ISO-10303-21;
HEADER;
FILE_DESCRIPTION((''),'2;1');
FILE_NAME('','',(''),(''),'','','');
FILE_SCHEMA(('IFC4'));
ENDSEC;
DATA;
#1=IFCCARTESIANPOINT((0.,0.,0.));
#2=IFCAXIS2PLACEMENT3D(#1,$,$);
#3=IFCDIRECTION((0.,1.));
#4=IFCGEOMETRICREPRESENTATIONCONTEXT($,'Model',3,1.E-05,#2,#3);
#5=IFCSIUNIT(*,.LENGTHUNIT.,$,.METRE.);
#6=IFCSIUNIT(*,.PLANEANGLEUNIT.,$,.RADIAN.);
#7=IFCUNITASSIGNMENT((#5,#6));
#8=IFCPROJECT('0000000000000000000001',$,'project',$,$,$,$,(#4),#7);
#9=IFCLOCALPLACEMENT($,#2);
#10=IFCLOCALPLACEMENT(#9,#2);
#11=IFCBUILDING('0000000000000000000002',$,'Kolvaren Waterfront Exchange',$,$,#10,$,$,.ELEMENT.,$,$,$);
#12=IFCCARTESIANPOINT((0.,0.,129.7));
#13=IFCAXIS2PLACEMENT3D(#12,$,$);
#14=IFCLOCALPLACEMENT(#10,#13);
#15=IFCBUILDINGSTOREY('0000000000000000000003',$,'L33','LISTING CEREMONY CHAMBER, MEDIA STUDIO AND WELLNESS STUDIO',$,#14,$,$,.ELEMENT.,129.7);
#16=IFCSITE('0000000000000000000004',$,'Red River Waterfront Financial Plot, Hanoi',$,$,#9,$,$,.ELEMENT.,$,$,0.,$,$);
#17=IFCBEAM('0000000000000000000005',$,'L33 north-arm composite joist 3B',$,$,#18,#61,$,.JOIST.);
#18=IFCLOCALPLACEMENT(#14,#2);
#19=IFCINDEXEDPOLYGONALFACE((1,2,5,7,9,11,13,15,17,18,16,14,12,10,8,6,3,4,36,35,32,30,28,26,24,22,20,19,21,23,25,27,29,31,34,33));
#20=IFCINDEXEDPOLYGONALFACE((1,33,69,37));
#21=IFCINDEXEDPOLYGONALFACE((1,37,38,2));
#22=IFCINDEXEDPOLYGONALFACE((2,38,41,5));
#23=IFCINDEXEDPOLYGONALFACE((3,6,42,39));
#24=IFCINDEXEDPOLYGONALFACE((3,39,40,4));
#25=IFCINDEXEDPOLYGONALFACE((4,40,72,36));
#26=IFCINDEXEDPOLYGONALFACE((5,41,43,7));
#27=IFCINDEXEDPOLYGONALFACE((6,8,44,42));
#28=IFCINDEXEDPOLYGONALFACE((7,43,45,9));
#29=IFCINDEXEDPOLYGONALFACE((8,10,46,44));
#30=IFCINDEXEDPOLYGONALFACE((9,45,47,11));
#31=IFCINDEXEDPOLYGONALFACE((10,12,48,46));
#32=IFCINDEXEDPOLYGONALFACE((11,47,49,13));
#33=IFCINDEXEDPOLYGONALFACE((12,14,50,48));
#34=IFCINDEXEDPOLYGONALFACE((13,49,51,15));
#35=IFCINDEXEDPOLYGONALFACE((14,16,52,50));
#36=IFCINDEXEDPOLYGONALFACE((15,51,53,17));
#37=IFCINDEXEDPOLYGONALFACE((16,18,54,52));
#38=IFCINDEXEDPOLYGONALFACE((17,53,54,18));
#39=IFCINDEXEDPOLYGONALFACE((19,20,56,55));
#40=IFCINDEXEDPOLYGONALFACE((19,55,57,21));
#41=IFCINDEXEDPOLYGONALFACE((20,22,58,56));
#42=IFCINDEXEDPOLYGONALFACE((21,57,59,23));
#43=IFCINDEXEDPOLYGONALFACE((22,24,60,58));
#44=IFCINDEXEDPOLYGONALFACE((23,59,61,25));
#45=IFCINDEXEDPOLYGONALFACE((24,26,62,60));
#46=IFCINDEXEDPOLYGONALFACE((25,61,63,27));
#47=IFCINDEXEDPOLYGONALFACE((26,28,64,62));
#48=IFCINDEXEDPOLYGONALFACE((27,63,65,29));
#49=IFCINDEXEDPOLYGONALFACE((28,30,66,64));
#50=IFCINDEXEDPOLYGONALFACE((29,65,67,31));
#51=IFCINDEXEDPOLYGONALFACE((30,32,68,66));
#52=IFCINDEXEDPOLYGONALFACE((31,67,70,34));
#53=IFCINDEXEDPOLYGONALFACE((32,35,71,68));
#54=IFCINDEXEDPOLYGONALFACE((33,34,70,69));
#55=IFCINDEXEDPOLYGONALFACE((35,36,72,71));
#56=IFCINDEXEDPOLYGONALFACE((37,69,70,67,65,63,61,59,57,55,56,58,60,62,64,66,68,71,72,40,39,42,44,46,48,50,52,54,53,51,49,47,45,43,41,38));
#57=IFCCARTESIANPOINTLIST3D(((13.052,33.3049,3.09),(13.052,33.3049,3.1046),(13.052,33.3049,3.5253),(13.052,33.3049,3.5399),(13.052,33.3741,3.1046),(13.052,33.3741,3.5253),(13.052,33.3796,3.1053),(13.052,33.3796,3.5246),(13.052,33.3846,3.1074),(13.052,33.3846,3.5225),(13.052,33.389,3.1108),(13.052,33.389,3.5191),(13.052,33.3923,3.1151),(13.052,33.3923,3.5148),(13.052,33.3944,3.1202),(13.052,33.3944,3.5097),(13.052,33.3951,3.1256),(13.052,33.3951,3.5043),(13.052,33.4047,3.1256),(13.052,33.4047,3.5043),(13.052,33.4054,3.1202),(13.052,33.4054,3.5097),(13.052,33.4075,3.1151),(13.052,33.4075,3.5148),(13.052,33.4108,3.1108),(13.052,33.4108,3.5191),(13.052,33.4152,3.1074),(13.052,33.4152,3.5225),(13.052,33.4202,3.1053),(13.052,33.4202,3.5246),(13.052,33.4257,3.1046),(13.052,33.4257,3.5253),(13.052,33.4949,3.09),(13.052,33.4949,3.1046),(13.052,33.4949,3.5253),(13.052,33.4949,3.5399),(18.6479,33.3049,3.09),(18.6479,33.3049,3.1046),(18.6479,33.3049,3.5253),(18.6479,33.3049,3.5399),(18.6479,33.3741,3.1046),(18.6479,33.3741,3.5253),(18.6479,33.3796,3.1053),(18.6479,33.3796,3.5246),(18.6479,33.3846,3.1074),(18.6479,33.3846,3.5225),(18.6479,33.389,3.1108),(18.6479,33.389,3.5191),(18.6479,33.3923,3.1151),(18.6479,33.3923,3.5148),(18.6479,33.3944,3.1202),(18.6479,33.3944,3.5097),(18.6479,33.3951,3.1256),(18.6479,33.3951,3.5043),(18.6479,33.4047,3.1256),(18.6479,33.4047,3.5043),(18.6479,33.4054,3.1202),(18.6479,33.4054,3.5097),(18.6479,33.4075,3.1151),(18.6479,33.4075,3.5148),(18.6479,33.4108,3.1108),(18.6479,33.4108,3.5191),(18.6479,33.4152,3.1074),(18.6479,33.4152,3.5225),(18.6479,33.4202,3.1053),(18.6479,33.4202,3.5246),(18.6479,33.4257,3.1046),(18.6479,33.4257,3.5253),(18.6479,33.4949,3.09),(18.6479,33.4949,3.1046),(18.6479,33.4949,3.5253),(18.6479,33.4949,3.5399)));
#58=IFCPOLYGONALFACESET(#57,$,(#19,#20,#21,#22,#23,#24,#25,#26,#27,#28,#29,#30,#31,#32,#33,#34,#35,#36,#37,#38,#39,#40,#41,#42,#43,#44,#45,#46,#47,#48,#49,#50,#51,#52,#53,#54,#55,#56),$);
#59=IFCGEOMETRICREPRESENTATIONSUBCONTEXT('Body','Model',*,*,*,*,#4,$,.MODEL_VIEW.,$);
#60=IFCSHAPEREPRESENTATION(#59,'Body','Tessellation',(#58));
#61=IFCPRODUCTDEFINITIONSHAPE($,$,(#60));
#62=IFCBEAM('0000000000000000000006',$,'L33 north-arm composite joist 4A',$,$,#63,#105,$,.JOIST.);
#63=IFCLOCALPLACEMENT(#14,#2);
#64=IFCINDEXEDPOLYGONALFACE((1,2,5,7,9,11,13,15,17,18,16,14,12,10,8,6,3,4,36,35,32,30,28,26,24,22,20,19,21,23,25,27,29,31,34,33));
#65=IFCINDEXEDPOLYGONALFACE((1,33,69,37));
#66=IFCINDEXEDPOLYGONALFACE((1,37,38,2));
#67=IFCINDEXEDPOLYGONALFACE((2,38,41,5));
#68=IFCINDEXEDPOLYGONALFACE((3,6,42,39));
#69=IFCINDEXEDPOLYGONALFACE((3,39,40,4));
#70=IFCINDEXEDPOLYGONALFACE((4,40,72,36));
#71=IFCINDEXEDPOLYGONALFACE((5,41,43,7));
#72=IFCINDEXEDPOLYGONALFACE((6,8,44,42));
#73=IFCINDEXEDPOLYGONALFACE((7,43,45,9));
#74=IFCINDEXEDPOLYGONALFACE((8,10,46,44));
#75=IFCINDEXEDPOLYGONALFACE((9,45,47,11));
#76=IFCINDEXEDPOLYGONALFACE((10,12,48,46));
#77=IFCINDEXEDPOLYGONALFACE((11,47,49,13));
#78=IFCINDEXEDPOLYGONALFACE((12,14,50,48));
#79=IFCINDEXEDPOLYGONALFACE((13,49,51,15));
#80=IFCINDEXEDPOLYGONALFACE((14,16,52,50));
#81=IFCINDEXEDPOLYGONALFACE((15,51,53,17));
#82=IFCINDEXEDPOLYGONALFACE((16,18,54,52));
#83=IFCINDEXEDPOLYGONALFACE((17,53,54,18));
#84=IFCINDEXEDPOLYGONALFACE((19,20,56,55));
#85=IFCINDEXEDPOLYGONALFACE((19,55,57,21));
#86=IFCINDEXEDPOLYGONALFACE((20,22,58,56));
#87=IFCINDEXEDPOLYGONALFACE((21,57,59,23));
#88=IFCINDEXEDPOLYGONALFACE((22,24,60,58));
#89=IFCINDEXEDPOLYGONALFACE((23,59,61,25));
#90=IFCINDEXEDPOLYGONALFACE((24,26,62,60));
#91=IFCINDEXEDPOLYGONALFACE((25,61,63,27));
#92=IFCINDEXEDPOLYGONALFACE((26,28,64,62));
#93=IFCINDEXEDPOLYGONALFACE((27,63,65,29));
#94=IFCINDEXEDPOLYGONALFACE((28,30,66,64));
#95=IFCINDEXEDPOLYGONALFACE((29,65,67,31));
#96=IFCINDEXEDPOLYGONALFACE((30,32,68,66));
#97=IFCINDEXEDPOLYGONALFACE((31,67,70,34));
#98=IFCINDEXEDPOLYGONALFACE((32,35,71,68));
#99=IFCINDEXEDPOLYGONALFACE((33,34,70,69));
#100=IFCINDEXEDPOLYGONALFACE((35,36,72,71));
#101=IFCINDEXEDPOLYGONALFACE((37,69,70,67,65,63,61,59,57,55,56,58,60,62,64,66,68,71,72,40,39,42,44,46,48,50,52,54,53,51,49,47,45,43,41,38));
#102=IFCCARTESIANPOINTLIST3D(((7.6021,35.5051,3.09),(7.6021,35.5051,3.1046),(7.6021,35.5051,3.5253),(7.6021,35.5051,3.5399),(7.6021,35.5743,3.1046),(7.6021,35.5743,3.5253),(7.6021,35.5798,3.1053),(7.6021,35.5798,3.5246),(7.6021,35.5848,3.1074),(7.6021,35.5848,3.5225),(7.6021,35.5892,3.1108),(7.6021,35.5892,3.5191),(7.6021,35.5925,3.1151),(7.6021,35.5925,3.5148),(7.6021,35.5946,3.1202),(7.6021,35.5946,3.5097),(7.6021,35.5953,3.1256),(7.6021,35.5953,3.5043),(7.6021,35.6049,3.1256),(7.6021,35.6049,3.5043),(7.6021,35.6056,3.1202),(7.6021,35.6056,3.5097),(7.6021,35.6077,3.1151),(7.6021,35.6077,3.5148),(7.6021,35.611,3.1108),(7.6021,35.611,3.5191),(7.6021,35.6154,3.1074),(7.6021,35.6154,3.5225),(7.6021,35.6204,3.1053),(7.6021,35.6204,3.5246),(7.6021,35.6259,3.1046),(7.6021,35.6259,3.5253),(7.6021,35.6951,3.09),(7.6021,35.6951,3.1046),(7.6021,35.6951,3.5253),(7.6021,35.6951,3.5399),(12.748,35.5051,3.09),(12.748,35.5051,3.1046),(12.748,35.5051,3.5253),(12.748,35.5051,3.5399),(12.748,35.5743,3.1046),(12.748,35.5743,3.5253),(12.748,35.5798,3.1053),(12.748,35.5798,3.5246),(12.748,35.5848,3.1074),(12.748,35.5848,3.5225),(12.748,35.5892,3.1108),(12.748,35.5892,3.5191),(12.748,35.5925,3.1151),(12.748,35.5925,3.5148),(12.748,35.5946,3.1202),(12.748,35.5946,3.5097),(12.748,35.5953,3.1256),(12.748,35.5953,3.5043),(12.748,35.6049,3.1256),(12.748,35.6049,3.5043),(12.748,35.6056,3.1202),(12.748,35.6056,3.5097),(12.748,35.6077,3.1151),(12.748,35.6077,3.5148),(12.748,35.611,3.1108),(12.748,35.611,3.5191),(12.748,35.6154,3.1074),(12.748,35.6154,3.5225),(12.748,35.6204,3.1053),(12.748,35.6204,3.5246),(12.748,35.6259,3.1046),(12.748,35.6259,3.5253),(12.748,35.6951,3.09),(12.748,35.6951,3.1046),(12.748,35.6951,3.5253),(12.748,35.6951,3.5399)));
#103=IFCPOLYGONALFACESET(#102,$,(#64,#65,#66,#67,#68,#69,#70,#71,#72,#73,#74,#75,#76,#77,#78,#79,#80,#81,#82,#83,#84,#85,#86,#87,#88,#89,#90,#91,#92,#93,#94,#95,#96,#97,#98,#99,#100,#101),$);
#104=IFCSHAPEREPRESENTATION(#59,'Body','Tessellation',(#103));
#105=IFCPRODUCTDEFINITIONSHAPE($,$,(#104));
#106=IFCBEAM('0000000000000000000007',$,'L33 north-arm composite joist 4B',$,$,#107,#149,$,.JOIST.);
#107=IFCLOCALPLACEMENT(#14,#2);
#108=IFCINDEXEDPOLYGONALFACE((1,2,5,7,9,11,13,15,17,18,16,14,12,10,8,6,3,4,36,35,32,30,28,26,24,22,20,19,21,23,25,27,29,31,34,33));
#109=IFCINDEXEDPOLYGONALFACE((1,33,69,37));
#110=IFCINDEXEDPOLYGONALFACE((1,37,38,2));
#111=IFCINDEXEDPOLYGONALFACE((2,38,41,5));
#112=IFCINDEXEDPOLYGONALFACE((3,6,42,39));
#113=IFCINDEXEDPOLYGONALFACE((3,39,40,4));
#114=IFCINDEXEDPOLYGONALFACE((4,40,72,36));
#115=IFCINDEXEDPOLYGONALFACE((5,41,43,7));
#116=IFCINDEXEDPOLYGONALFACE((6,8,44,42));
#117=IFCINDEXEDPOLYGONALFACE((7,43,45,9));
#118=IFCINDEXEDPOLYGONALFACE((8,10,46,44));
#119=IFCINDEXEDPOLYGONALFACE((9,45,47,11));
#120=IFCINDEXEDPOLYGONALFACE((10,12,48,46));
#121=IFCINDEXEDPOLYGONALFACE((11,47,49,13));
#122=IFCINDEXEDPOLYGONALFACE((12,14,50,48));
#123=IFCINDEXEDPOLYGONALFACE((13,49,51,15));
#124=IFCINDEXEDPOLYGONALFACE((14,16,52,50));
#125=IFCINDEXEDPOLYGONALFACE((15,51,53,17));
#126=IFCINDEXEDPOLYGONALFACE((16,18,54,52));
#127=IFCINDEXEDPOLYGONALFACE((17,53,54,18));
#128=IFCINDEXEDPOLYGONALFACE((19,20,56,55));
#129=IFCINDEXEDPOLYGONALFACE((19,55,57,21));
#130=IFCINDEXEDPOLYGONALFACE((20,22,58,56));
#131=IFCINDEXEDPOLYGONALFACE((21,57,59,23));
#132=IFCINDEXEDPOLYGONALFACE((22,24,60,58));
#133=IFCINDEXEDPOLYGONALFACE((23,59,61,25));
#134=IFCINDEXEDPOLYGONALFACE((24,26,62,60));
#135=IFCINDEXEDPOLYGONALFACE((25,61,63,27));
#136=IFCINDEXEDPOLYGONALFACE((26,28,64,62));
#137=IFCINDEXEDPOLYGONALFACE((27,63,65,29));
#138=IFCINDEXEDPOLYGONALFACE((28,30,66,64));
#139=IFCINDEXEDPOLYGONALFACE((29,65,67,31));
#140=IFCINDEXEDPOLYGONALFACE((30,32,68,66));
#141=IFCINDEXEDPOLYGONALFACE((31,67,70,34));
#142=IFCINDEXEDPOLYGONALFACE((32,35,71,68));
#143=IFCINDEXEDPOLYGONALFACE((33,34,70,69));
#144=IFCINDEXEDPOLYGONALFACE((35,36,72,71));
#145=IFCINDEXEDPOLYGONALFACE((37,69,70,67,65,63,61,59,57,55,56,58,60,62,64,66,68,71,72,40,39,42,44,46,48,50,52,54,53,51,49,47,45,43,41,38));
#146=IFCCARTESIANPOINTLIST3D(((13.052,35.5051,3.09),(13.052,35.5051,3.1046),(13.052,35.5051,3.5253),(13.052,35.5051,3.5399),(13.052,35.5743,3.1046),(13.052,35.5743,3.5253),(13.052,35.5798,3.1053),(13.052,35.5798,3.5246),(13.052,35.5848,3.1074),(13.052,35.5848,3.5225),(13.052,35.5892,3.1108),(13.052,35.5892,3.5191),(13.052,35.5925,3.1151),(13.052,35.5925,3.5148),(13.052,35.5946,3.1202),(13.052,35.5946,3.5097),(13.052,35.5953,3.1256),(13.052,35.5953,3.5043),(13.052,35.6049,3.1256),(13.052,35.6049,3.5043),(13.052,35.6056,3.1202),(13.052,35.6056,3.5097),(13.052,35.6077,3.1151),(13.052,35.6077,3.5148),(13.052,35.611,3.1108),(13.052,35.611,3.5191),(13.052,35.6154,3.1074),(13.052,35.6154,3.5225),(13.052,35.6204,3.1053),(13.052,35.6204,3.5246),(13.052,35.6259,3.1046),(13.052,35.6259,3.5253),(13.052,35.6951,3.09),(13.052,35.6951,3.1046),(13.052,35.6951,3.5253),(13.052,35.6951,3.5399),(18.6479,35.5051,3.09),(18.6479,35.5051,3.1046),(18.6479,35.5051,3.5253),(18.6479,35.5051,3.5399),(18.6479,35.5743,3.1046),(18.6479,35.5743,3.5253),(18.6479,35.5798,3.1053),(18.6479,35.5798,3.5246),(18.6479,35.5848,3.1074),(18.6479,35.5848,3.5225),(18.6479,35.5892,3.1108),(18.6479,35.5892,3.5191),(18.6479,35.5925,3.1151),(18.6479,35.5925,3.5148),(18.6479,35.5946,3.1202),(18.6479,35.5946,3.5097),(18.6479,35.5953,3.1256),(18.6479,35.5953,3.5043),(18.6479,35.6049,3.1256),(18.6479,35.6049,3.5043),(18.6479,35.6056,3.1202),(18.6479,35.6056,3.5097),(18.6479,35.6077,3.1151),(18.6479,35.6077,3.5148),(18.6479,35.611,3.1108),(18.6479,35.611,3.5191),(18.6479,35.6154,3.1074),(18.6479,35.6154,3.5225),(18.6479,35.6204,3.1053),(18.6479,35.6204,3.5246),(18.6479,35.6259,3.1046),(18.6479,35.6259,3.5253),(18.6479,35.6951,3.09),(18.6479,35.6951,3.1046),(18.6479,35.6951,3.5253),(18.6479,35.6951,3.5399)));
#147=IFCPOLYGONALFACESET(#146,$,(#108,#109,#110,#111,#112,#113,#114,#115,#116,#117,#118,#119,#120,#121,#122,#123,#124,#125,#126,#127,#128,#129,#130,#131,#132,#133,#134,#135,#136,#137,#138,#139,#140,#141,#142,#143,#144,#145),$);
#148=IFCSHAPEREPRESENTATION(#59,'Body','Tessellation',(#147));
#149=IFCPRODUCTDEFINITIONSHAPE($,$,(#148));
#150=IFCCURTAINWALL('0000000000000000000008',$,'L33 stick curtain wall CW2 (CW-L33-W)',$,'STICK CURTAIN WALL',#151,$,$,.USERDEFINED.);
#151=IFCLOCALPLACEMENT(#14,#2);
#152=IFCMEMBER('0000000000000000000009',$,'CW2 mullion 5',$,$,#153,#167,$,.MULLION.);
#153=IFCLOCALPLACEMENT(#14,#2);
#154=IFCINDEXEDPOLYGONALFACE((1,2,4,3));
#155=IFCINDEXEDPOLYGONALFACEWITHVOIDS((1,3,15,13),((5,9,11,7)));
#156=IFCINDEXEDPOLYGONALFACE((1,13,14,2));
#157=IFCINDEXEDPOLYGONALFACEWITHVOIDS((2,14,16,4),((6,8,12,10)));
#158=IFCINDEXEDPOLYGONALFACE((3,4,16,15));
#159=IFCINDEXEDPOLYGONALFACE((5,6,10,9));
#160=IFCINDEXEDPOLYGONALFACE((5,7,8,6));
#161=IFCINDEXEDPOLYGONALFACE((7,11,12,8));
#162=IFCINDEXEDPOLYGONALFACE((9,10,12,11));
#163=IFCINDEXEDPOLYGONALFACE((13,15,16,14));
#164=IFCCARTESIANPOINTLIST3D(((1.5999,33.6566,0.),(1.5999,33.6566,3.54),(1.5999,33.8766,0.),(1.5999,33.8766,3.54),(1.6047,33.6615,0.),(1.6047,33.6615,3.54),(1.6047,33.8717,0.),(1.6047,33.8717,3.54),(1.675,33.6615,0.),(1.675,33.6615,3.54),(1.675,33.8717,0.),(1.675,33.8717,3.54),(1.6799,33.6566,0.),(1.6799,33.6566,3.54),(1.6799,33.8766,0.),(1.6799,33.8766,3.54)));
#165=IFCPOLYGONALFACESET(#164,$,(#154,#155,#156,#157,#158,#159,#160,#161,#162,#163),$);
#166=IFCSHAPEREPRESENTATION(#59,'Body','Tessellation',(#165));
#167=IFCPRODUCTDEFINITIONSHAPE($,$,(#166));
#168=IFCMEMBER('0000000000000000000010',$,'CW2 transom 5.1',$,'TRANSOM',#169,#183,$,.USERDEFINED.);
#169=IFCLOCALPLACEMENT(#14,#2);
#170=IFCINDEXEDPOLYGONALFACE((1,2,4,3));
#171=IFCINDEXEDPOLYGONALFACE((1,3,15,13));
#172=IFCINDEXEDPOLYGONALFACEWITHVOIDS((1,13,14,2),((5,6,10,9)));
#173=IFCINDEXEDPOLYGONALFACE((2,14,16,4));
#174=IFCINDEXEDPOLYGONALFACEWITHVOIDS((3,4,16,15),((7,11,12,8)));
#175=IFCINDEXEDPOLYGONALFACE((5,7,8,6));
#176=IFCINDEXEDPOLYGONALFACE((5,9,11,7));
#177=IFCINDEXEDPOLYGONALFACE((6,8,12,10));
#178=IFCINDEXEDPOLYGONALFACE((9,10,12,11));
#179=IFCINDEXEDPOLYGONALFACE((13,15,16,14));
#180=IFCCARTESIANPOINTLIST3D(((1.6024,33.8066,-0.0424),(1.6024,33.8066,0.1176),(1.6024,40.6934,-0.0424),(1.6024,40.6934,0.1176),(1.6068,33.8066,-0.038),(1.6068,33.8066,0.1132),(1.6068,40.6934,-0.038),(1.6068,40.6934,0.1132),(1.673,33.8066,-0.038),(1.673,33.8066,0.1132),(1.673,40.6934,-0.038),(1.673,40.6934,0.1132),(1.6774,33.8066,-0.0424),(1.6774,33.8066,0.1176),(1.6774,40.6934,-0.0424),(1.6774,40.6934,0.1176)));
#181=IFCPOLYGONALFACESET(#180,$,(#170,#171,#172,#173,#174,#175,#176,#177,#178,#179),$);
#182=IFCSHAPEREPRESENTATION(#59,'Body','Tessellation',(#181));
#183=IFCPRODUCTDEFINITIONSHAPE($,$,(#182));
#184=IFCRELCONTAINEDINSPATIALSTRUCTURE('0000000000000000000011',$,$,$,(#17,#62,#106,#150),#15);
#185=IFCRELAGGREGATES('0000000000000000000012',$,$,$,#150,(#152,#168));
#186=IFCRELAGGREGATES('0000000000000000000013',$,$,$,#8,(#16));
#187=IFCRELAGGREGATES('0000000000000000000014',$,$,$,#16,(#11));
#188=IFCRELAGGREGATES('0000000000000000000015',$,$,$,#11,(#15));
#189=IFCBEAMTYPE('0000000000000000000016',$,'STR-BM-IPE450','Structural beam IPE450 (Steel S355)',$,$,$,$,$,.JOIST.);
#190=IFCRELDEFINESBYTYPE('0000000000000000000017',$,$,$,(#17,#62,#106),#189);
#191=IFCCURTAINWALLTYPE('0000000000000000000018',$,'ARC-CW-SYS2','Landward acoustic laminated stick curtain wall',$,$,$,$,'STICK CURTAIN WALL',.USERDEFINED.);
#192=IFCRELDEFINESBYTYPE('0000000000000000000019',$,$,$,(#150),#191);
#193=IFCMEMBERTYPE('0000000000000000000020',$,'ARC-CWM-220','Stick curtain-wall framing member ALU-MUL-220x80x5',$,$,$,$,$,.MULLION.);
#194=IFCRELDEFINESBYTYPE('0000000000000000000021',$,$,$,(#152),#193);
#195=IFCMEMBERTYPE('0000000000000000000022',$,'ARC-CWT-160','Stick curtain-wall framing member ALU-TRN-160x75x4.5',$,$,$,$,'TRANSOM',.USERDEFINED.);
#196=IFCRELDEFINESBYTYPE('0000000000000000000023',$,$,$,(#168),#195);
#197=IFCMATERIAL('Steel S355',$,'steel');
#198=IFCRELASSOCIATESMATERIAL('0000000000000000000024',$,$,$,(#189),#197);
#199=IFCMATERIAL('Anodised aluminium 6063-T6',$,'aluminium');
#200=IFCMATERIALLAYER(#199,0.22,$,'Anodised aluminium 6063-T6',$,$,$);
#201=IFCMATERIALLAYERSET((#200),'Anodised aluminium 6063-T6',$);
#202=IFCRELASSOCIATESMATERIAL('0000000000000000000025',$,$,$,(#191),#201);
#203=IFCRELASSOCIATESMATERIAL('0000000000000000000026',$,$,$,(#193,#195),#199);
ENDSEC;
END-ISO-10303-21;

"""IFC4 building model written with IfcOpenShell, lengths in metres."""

from ifc_helpers import new_model, si_unit, direction, frame, origin, origin_with_axes, origin_2d, place, context, subcontext, project, spatial, hollow_rectangle, i_section, extrude, source, transform, mapped, material, layer, layer_set, material_profile, profile_set, type_object, element, aggregate, save


model = new_model("IFC4")

# Units and contexts
model_context = context("Model", 3, precision=1e-05, world=origin(), true_north=direction((0.0, 1.0)))
body_context = subcontext(model_context, "Body", "Model", "MODEL_VIEW")
ifc_project = project(units=[si_unit("LENGTHUNIT", "METRE"), si_unit("PLANEANGLEUNIT", "RADIAN")], contexts=[model_context])

# Site, building, storey
site_placement = place(None, origin())
site = spatial("IfcSite", under=ifc_project, at=site_placement, Name="Red River Waterfront Financial Plot, Hanoi", CompositionType="ELEMENT", RefElevation=0.0)
building_placement = place(site_placement, origin())
building = spatial("IfcBuilding", under=site, at=building_placement, Name="Kolvaren Waterfront Exchange", CompositionType="ELEMENT")
storey_placement = place(building_placement, frame((0.0, 0.0, 129.7)))
storey = spatial("IfcBuildingStorey", under=building, at=storey_placement, Name="L33", Description="LISTING CEREMONY CHAMBER, MEDIA STUDIO AND WELLNESS STUDIO", CompositionType="ELEMENT", Elevation=129.7)

# Beams
ifc_material_1 = material(Name="Steel S355", Category="steel")
ifc_material_profile_1 = material_profile(ifc_material_1, i_section(OverallWidth=0.1899, OverallDepth=0.45, WebThickness=0.0095, FlangeThickness=0.0146, FilletRadius=0.021, at=origin_2d()), Name="IPE450")
ifc_profile_set_1 = profile_set([ifc_material_profile_1], Name="Steel S355")
beam_type_1 = type_object("IfcBeamType", Name="STR-BM-IPE450", Description="Structural beam IPE450 (Steel S355)", PredefinedType="JOIST", material=ifc_profile_set_1)
beam_1_placement = place(storey_placement, frame((13.052, 33.3999, 3.3149), z_axis=(1.0, 0.0, 0.0), x_axis=(0.0, 1.0, 0.0)))
element("IfcBeam", 1, at=beam_1_placement, inside=storey, type_object=beam_type_1, Name="L33 north-arm composite joist 3B", PredefinedType="JOIST", context=body_context, shape_type="SweptSolid", body=[
    extrude(i_section(OverallWidth=0.1899, OverallDepth=0.45, WebThickness=0.0095, FlangeThickness=0.0146, FilletRadius=0.021, at=origin_2d()), origin(), (0.0, 0.0, 1.0), 5.5959),
])
beam_2_placement = place(storey_placement, frame((7.6021, 35.6001, 3.3149), z_axis=(1.0, 0.0, 0.0), x_axis=(0.0, 1.0, 0.0)))
element("IfcBeam", 2, at=beam_2_placement, inside=storey, type_object=beam_type_1, Name="L33 north-arm composite joist 4A", PredefinedType="JOIST", context=body_context, shape_type="SweptSolid", body=[
    extrude(i_section(OverallWidth=0.1899, OverallDepth=0.45, WebThickness=0.0095, FlangeThickness=0.0146, FilletRadius=0.021, at=origin_2d()), origin(), (0.0, 0.0, 1.0), 5.146),
])
beam_3_placement = place(storey_placement, frame((13.052, 35.6001, 3.3149), z_axis=(1.0, 0.0, 0.0), x_axis=(0.0, 1.0, 0.0)))
element("IfcBeam", 3, at=beam_3_placement, inside=storey, type_object=beam_type_1, Name="L33 north-arm composite joist 4B", PredefinedType="JOIST", context=body_context, shape_type="SweptSolid", body=[
    extrude(i_section(OverallWidth=0.1899, OverallDepth=0.45, WebThickness=0.0095, FlangeThickness=0.0146, FilletRadius=0.021, at=origin_2d()), origin(), (0.0, 0.0, 1.0), 5.5959),
])

# Curtain wall, members
ifc_material_2 = material(Name="Anodised aluminium 6063-T6", Category="aluminium")
ifc_layer_1 = layer(ifc_material_2, 0.22, Name="Anodised aluminium 6063-T6")
ifc_layer_set_1 = layer_set([ifc_layer_1], Name="Anodised aluminium 6063-T6")
curtain_wall_type = type_object("IfcCurtainWallType", Name="ARC-CW-SYS2", Description="Landward acoustic laminated stick curtain wall", ElementType="STICK CURTAIN WALL", PredefinedType="USERDEFINED", material=ifc_layer_set_1)
curtain_wall_placement = place(storey_placement, origin())
curtain_wall = element("IfcCurtainWall", 4, at=curtain_wall_placement, inside=storey, type_object=curtain_wall_type, Name="L33 stick curtain wall CW2 (CW-L33-W)", ObjectType="STICK CURTAIN WALL", PredefinedType="USERDEFINED")
ifc_material_profile_2 = material_profile(ifc_material_2, hollow_rectangle(XDim=0.0801, YDim=0.22, WallThickness=0.0049, at=origin_2d()), Name="ALU-MUL-220x80x5")
ifc_profile_set_2 = profile_set([ifc_material_profile_2], Name="Anodised aluminium 6063-T6")
member_type_1 = type_object("IfcMemberType", Name="ARC-CWM-220", Description="Stick curtain-wall framing member ALU-MUL-220x80x5", PredefinedType="MULLION", material=ifc_profile_set_2)
shared_shape_1 = source(origin_with_axes(), body_context, "Body", "SweptSolid", [
    extrude(hollow_rectangle(XDim=0.0801, YDim=0.22, WallThickness=0.0049, at=origin_2d()), origin(), (0.0, 0.0, 1.0), 3.54),
])
member_1_placement = place(storey_placement, frame((1.6399, 33.7666, 0.0), z_axis=(0.0, 0.0, 1.0), x_axis=(-1.0, 0.0, 0.0)))
member_1 = element("IfcMember", 5, at=member_1_placement, type_object=member_type_1, Name="CW2 mullion 5", PredefinedType="MULLION", context=body_context, shape_type="MappedRepresentation", body=[
    mapped(shared_shape_1, transform((0.0, 0.0, 0.0), x_axis=(1.0, 0.0, 0.0), y_axis=(0.0, 1.0, 0.0), z_axis=(0.0, 0.0, 1.0), scale=1.0)),
])
ifc_material_profile_3 = material_profile(ifc_material_2, hollow_rectangle(XDim=0.075, YDim=0.1599, WallThickness=0.0044, at=origin_2d()), Name="ALU-TRN-160x75x4.5")
ifc_profile_set_3 = profile_set([ifc_material_profile_3], Name="Anodised aluminium 6063-T6")
member_type_2 = type_object("IfcMemberType", Name="ARC-CWT-160", Description="Stick curtain-wall framing member ALU-TRN-160x75x4.5", ElementType="TRANSOM", PredefinedType="USERDEFINED", material=ifc_profile_set_3)
shared_shape_2 = source(origin_with_axes(), body_context, "Body", "SweptSolid", [
    extrude(hollow_rectangle(XDim=0.075, YDim=0.1599, WallThickness=0.0044, at=origin_2d()), origin(), (0.0, 0.0, 1.0), 6.8867),
])
member_2_placement = place(storey_placement, frame((1.6399, 33.8066, 0.0376), z_axis=(0.0, 1.0, 0.0), x_axis=(-1.0, 0.0, 0.0)))
member_2 = element("IfcMember", 6, at=member_2_placement, type_object=member_type_2, Name="CW2 transom 5.1", ObjectType="TRANSOM", PredefinedType="USERDEFINED", context=body_context, shape_type="MappedRepresentation", body=[
    mapped(shared_shape_2, transform((0.0, 0.0, 0.0), x_axis=(1.0, 0.0, 0.0), y_axis=(0.0, 1.0, 0.0), z_axis=(0.0, 0.0, 1.0), scale=1.0)),
])
aggregate(curtain_wall, [member_1, member_2])

save(model, "model.ifc")
